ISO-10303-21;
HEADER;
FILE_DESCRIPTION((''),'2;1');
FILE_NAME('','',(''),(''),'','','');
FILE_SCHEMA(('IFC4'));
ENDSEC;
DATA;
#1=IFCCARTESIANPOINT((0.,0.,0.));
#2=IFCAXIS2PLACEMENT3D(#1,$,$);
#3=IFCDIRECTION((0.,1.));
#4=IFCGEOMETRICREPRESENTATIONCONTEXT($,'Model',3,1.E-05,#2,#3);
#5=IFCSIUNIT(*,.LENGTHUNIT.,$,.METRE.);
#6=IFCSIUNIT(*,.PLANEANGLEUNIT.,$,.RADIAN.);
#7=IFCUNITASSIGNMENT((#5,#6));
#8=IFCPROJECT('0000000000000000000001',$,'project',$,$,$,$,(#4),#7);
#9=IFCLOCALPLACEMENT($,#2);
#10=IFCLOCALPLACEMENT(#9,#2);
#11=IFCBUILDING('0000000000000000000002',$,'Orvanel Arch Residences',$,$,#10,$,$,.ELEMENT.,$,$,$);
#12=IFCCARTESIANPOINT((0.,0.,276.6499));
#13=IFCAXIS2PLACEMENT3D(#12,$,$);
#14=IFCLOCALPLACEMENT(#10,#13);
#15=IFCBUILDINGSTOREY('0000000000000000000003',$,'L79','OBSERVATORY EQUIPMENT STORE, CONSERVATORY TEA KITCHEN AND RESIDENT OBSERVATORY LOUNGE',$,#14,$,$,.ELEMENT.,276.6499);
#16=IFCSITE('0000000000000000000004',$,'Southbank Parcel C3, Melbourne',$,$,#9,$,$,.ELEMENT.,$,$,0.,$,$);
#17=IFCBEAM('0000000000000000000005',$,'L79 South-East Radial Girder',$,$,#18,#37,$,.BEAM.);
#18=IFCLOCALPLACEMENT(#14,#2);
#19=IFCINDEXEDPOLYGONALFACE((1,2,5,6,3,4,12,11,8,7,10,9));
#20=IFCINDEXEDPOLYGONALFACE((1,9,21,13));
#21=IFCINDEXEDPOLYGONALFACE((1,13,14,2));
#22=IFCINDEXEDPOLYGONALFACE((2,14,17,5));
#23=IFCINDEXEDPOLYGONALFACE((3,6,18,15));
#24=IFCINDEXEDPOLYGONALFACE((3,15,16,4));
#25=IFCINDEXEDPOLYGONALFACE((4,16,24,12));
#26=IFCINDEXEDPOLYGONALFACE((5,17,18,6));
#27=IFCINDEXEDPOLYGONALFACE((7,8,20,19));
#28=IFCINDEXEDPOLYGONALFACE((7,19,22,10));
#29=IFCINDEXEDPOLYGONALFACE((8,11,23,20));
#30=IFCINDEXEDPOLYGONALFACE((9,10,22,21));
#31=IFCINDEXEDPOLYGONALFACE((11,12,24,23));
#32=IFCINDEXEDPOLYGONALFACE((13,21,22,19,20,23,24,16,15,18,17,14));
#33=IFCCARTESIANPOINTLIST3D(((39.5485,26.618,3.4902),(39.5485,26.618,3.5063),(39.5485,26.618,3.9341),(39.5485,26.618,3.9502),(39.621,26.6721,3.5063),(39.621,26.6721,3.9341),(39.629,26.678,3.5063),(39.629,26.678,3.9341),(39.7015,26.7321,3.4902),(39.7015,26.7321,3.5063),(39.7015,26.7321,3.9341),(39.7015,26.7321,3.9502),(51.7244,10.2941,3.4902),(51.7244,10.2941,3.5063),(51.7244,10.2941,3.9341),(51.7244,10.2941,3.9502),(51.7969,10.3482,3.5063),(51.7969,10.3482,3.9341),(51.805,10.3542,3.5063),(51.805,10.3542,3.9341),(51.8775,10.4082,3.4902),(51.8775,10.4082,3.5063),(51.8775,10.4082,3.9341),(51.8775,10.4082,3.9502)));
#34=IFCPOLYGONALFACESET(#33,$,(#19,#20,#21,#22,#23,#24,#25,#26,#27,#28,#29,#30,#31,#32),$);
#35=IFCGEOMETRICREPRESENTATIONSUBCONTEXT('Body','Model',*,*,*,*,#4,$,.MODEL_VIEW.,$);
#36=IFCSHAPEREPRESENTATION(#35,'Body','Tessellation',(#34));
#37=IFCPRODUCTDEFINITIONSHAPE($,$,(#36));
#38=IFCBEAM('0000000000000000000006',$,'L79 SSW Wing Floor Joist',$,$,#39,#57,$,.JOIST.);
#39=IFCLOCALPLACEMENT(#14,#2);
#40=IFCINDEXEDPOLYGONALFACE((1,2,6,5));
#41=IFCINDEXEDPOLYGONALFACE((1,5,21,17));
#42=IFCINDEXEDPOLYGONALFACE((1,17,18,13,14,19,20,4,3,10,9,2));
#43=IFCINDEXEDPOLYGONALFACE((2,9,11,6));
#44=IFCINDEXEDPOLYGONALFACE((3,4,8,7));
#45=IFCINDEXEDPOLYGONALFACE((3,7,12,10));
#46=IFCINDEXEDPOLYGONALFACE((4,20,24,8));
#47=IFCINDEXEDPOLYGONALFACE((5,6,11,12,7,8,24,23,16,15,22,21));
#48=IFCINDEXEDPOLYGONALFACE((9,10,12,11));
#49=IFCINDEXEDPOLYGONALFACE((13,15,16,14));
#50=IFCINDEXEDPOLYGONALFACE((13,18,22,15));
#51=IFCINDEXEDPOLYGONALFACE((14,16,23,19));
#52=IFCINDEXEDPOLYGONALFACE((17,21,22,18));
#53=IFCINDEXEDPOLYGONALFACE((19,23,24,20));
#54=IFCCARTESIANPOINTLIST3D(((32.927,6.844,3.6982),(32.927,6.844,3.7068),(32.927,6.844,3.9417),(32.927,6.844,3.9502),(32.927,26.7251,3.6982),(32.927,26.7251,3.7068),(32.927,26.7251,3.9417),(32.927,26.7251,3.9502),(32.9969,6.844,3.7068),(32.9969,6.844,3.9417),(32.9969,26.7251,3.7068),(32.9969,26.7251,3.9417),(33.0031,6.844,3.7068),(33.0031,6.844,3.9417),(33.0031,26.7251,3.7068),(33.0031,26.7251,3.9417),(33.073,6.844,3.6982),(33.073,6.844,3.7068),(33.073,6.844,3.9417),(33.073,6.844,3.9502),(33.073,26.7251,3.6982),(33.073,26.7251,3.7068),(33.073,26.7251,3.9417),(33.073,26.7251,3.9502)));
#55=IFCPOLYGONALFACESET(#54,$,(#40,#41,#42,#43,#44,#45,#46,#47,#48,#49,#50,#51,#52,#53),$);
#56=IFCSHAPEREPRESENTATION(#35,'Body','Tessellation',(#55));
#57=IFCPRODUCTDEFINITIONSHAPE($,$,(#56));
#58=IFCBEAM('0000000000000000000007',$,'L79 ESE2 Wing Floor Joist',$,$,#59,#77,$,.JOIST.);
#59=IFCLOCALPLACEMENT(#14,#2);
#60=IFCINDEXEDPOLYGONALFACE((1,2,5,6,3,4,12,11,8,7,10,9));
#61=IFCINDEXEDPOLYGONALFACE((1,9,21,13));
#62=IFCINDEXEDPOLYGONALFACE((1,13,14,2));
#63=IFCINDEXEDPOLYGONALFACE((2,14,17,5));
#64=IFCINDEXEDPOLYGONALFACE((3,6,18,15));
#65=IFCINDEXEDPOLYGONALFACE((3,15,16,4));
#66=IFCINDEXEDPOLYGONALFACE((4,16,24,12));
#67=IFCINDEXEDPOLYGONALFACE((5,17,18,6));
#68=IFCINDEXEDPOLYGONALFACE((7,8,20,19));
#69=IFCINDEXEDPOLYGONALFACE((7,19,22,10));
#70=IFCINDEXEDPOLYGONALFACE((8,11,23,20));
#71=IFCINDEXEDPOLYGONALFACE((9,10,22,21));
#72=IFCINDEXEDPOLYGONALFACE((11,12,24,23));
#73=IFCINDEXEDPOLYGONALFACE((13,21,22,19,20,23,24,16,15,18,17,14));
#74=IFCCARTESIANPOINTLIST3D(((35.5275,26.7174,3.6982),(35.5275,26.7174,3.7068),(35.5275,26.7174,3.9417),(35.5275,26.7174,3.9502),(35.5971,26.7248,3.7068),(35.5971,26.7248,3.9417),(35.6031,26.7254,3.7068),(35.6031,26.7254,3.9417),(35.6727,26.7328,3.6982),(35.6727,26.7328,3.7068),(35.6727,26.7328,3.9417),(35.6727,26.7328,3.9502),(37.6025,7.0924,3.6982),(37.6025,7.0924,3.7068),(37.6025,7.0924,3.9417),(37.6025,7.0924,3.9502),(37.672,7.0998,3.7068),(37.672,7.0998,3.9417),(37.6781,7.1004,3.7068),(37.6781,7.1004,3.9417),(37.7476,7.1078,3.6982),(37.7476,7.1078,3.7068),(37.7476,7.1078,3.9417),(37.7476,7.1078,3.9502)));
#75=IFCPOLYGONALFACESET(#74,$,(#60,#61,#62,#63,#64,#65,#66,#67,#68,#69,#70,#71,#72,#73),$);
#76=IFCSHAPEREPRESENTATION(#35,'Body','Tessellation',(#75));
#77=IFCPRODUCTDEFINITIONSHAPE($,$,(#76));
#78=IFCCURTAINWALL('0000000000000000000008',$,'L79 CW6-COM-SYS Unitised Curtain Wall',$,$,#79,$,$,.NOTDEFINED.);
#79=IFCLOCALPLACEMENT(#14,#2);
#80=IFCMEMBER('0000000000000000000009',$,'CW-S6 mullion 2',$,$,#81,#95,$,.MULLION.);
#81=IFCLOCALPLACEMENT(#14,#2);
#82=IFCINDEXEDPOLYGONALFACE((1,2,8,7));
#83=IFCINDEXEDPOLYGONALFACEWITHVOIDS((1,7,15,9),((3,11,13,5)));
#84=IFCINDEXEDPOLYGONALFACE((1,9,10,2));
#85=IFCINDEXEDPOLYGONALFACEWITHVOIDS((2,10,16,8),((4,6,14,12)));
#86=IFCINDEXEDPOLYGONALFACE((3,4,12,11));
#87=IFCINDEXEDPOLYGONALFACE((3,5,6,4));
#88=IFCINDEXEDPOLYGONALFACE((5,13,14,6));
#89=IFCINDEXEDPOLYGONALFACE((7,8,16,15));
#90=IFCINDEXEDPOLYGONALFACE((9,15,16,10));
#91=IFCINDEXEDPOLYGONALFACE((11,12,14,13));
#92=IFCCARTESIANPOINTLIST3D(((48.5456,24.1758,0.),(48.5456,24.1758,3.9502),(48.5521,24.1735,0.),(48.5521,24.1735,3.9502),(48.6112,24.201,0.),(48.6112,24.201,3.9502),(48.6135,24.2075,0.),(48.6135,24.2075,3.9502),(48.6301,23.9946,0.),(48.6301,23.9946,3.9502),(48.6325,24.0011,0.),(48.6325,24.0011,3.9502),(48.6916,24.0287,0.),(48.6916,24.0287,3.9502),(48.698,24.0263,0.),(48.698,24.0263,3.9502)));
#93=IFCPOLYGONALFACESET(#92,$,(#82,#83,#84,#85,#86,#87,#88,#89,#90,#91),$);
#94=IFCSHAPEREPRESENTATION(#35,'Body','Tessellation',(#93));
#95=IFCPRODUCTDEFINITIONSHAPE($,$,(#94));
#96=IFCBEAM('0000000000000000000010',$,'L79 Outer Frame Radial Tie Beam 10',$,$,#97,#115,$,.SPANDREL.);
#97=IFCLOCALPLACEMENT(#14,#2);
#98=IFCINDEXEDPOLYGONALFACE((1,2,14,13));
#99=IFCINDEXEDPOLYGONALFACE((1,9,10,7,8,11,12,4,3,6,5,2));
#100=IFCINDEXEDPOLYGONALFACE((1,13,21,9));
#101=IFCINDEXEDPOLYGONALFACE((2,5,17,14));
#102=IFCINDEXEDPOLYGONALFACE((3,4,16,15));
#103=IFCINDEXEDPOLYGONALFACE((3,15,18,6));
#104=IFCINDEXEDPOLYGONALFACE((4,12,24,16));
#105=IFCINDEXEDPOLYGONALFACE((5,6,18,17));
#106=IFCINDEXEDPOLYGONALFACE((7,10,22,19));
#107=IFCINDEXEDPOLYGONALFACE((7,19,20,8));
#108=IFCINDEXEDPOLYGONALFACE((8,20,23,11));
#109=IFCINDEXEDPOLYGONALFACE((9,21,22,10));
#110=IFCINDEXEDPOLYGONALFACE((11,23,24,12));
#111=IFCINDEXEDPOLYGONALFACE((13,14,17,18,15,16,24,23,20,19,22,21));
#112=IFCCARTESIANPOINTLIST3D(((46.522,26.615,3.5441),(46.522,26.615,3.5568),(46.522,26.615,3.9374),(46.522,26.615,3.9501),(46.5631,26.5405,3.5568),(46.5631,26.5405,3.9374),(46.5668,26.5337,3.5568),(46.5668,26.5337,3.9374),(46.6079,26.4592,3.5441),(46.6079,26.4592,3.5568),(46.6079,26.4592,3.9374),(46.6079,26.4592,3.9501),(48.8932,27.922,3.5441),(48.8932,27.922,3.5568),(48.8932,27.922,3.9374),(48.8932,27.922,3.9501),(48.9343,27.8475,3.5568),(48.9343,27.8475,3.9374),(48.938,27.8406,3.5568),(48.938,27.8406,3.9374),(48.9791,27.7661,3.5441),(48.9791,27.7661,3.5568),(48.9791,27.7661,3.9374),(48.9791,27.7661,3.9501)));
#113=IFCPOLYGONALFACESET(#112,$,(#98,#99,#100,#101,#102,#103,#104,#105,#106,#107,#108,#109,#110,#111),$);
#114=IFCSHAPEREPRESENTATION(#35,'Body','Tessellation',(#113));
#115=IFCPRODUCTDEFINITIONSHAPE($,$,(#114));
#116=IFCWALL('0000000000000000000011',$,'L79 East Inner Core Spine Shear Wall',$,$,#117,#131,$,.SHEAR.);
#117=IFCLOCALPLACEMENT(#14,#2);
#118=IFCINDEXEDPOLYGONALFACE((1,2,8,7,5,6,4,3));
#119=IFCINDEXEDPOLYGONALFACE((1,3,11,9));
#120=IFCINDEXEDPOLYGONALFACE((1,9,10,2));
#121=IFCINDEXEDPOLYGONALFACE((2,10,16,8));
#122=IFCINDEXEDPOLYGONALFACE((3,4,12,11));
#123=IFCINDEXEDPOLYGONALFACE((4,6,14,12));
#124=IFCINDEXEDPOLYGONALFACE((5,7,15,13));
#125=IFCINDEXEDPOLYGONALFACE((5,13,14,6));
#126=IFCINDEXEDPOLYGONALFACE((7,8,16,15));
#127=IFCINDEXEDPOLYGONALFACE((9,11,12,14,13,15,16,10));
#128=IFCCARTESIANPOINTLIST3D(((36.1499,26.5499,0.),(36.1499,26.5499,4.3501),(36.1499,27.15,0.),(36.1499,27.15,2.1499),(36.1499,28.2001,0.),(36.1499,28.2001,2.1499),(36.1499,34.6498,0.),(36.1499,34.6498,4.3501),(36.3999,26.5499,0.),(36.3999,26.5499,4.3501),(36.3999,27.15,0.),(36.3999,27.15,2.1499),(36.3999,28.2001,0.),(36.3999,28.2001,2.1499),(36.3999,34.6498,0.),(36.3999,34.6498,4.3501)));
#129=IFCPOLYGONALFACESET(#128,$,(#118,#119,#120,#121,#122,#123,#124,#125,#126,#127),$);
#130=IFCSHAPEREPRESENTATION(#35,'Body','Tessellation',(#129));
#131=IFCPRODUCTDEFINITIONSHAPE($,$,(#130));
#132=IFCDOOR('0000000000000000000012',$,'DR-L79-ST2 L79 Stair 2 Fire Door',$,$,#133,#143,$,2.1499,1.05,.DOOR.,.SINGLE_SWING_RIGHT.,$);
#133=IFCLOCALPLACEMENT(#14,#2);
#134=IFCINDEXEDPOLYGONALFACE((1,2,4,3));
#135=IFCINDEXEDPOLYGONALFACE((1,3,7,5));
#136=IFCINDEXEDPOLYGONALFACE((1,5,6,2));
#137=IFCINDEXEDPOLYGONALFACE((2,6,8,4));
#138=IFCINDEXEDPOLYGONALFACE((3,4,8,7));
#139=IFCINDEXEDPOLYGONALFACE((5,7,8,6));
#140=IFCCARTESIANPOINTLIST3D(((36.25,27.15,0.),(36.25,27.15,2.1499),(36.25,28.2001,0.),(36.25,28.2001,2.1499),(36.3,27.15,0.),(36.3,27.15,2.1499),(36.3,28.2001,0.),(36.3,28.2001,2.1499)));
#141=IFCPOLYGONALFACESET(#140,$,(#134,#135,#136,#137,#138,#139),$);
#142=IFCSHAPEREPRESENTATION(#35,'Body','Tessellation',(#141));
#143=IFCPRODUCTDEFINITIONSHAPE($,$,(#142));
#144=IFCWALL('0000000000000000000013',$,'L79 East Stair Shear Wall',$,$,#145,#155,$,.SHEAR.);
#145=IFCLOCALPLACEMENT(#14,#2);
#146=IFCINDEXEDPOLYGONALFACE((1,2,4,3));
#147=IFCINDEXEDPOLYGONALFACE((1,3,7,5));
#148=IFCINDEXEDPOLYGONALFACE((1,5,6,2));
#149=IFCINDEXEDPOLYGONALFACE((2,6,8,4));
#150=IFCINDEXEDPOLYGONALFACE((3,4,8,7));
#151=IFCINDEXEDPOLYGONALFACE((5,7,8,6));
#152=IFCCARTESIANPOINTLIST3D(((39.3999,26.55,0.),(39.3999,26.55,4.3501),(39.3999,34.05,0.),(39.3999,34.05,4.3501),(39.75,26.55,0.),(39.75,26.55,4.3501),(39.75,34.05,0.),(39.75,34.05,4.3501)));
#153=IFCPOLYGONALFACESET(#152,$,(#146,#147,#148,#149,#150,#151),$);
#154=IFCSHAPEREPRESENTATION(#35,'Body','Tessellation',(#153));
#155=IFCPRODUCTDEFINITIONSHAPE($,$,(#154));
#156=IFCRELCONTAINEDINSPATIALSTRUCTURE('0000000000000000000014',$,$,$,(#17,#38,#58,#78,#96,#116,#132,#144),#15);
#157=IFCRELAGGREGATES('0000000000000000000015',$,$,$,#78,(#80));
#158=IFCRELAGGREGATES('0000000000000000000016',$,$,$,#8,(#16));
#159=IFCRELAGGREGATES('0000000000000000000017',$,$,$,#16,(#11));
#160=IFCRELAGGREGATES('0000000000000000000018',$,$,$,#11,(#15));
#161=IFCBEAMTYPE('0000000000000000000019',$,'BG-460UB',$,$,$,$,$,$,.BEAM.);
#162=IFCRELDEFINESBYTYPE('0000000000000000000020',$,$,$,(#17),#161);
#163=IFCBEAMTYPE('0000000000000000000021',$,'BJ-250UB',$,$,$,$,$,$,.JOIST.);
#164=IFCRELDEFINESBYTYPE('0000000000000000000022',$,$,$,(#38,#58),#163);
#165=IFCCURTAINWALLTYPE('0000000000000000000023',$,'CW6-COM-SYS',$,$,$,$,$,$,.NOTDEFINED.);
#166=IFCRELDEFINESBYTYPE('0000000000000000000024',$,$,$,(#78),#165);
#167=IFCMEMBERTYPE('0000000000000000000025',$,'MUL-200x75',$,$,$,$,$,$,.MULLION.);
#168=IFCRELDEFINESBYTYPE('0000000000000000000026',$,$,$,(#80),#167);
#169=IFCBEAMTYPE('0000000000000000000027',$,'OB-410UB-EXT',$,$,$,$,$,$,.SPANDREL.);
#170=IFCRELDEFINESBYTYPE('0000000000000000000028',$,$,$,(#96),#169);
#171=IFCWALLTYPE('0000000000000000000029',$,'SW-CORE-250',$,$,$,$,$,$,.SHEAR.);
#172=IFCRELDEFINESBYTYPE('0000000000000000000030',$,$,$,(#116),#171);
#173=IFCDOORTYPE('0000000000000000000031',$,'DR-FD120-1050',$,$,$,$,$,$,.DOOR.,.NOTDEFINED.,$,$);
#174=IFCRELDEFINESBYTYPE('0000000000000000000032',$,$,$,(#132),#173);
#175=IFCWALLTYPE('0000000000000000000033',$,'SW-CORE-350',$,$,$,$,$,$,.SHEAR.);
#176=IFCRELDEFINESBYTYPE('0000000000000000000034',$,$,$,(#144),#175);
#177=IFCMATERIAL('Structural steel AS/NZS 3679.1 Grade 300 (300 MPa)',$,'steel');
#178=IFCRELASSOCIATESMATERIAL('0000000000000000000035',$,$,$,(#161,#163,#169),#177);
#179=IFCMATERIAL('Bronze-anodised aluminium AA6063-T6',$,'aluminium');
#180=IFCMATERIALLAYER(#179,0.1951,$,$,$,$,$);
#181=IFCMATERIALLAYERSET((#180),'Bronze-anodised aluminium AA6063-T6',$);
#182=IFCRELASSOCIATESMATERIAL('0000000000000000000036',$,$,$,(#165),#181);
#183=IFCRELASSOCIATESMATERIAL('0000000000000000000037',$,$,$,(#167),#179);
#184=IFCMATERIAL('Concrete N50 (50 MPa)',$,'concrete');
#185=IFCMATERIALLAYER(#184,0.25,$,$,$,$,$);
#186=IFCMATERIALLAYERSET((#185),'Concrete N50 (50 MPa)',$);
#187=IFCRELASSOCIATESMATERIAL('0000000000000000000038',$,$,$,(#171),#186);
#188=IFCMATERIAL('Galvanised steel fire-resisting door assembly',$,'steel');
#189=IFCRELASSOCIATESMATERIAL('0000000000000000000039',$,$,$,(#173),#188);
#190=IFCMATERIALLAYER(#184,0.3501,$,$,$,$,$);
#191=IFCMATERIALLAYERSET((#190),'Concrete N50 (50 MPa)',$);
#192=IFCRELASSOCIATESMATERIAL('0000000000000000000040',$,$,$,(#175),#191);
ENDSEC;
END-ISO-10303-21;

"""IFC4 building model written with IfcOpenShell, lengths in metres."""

from ifc_helpers import new_model, si_unit, direction, frame, frame_2d, origin, origin_2d, place, context, subcontext, project, spatial, rectangle, hollow_rectangle, i_section, extrude, material, layer, layer_set, material_profile, profile_set, type_object, element, fill, aggregate, save


model = new_model("IFC4")

# Units and contexts
model_context = context("Model", 3, precision=1e-05, world=origin(), true_north=direction((0.0, 1.0)))
body_context = subcontext(model_context, "Body", "Model", "MODEL_VIEW")
ifc_project = project(units=[si_unit("LENGTHUNIT", "METRE"), si_unit("PLANEANGLEUNIT", "RADIAN")], contexts=[model_context])

# Site, building, storey
site_placement = place(None, origin())
site = spatial("IfcSite", under=ifc_project, at=site_placement, Name="Southbank Parcel C3, Melbourne", CompositionType="ELEMENT", RefElevation=0.0)
building_placement = place(site_placement, origin())
building = spatial("IfcBuilding", under=site, at=building_placement, Name="Orvanel Arch Residences", CompositionType="ELEMENT")
storey_placement = place(building_placement, frame((0.0, 0.0, 276.6499)))
storey = spatial("IfcBuildingStorey", under=building, at=storey_placement, Name="L79", Description="OBSERVATORY EQUIPMENT STORE, CONSERVATORY TEA KITCHEN AND RESIDENT OBSERVATORY LOUNGE", CompositionType="ELEMENT", Elevation=276.6499)

# Beams
ifc_material_1 = material(Name="Structural steel AS/NZS 3679.1 Grade 300 (300 MPa)", Category="steel")
ifc_material_profile_1 = material_profile(ifc_material_1, i_section(OverallWidth=0.1909, OverallDepth=0.46, WebThickness=0.01, FlangeThickness=0.0161, at=origin_2d()), Name="460UB82.1")
ifc_profile_set_1 = profile_set([ifc_material_profile_1], Name="Structural steel AS/NZS 3679.1 Grade 300 (300 MPa)")
beam_type_1 = type_object("IfcBeamType", Name="BG-460UB", PredefinedType="BEAM", material=ifc_profile_set_1)
beam_1_placement = place(storey_placement, frame((39.625, 26.675, 3.7202), z_axis=(0.597894, -0.801575, 0.0), x_axis=(0.801575, 0.597894, 0.0)))
element("IfcBeam", 1, at=beam_1_placement, inside=storey, type_object=beam_type_1, Name="L79 South-East Radial Girder", PredefinedType="BEAM", context=body_context, shape_type="SweptSolid", body=[
    extrude(i_section(OverallWidth=0.1909, OverallDepth=0.46, WebThickness=0.01, FlangeThickness=0.0161, at=origin_2d()), origin(), (0.0, 0.0, 1.0), 20.3647),
])
ifc_material_profile_2 = material_profile(ifc_material_1, i_section(OverallWidth=0.146, OverallDepth=0.252, WebThickness=0.0061, FlangeThickness=0.0085, at=origin_2d()), Name="250UB31.4")
ifc_profile_set_2 = profile_set([ifc_material_profile_2], Name="Structural steel AS/NZS 3679.1 Grade 300 (300 MPa)")
beam_type_2 = type_object("IfcBeamType", Name="BJ-250UB", PredefinedType="JOIST", material=ifc_profile_set_2)
beam_2_placement = place(storey_placement, frame((33.0, 26.7251, 3.8242), z_axis=(0.0, -1.0, 0.0), x_axis=(1.0, 0.0, 0.0)))
element("IfcBeam", 2, at=beam_2_placement, inside=storey, type_object=beam_type_2, Name="L79 SSW Wing Floor Joist", PredefinedType="JOIST", context=body_context, shape_type="SweptSolid", body=[
    extrude(i_section(OverallWidth=0.146, OverallDepth=0.252, WebThickness=0.0061, FlangeThickness=0.0085, at=origin_2d()), origin(), (0.0, 0.0, 1.0), 19.8811),
])
beam_3_placement = place(storey_placement, frame((35.6001, 26.7251, 3.8242), z_axis=(0.105144, -0.994457, 0.0), x_axis=(0.994457, 0.105144, 0.0)))
element("IfcBeam", 3, at=beam_3_placement, inside=storey, type_object=beam_type_2, Name="L79 ESE2 Wing Floor Joist", PredefinedType="JOIST", context=body_context, shape_type="SweptSolid", body=[
    extrude(i_section(OverallWidth=0.146, OverallDepth=0.252, WebThickness=0.0061, FlangeThickness=0.0085, at=origin_2d()), origin(), (0.0, 0.0, 1.0), 19.7344),
])

# Curtain wall, member
ifc_material_2 = material(Name="Bronze-anodised aluminium AA6063-T6", Category="aluminium")
ifc_layer_1 = layer(ifc_material_2, 0.1951)
ifc_layer_set_1 = layer_set([ifc_layer_1], Name="Bronze-anodised aluminium AA6063-T6")
curtain_wall_type = type_object("IfcCurtainWallType", Name="CW6-COM-SYS", PredefinedType="NOTDEFINED", material=ifc_layer_set_1)
curtain_wall_placement = place(storey_placement, origin())
curtain_wall = element("IfcCurtainWall", 4, at=curtain_wall_placement, inside=storey, type_object=curtain_wall_type, Name="L79 CW6-COM-SYS Unitised Curtain Wall", PredefinedType="NOTDEFINED")
ifc_material_profile_3 = material_profile(ifc_material_2, hollow_rectangle(XDim=0.075, YDim=0.2, WallThickness=0.0049, at=origin_2d()), Name="ALU200x75x5")
ifc_profile_set_3 = profile_set([ifc_material_profile_3], Name="Bronze-anodised aluminium AA6063-T6")
member_type = type_object("IfcMemberType", Name="MUL-200x75", PredefinedType="MULLION", material=ifc_profile_set_3)
member_placement = place(storey_placement, frame((48.6218, 24.1011, 0.0), z_axis=(0.0, 0.0, 1.0), x_axis=(-0.906321, -0.422589, 0.0)))
member = element("IfcMember", 5, at=member_placement, type_object=member_type, Name="CW-S6 mullion 2", PredefinedType="MULLION", context=body_context, shape_type="SweptSolid", body=[
    extrude(hollow_rectangle(XDim=0.075, YDim=0.2, WallThickness=0.0049, at=origin_2d()), origin(), (0.0, 0.0, 1.0), 3.9502),
])
aggregate(curtain_wall, [member])

# Beam
ifc_material_profile_4 = material_profile(ifc_material_1, i_section(OverallWidth=0.178, OverallDepth=0.406, WebThickness=0.0078, FlangeThickness=0.0127, at=origin_2d()), Name="410UB59.7")
ifc_profile_set_4 = profile_set([ifc_material_profile_4], Name="Structural steel AS/NZS 3679.1 Grade 300 (300 MPa)")
beam_type_3 = type_object("IfcBeamType", Name="OB-410UB-EXT", PredefinedType="SPANDREL", material=ifc_profile_set_4)
beam_4_placement = place(storey_placement, frame((46.5649, 26.5371, 3.7471), z_axis=(0.875781, 0.482708, 0.0), x_axis=(-0.482708, 0.875781, 0.0)))
element("IfcBeam", 6, at=beam_4_placement, inside=storey, type_object=beam_type_3, Name="L79 Outer Frame Radial Tie Beam 10", PredefinedType="SPANDREL", context=body_context, shape_type="SweptSolid", body=[
    extrude(i_section(OverallWidth=0.178, OverallDepth=0.406, WebThickness=0.0078, FlangeThickness=0.0127, at=origin_2d()), origin(), (0.0, 0.0, 1.0), 2.7075),
])

# Wall, opening, door
ifc_material_3 = material(Name="Concrete N50 (50 MPa)", Category="concrete")
ifc_layer_2 = layer(ifc_material_3, 0.25)
ifc_layer_set_2 = layer_set([ifc_layer_2], Name="Concrete N50 (50 MPa)")
wall_type_1 = type_object("IfcWallType", Name="SW-CORE-250", PredefinedType="SHEAR", material=ifc_layer_set_2)
wall_1_placement = place(storey_placement, frame((36.2749, 26.55, 0.0), z_axis=(0.0, 0.0, 1.0), x_axis=(0.0, 1.0, 0.0)))
wall_1 = element("IfcWall", 7, at=wall_1_placement, inside=storey, type_object=wall_type_1, Name="L79 East Inner Core Spine Shear Wall", PredefinedType="SHEAR", context=body_context, shape_type="SweptSolid", body=[
    extrude(rectangle(XDim=8.0999, YDim=0.25, at=frame_2d((4.0498, 0.0))), origin(), (0.0, 0.0, 1.0), 4.3501),
])
opening_1_placement = place(wall_1_placement, frame((0.6001, 0.0, 0.0)))
opening_1 = element("IfcOpeningElement", 8, at=opening_1_placement, cuts=wall_1, PredefinedType="OPENING", context=body_context, shape_type="SweptSolid", body=[
    extrude(rectangle(XDim=1.05, YDim=2.1499, at=frame_2d((0.5249, 1.075))), frame((0.0, 0.135, 0.0), z_axis=(0.0, -1.0, 0.0), x_axis=(1.0, 0.0, 0.0)), (0.0, 0.0, 1.0), 0.27),
])
ifc_material_4 = material(Name="Galvanised steel fire-resisting door assembly", Category="steel")
door_type_1 = type_object("IfcDoorType", Name="DR-FD120-1050", OperationType="NOTDEFINED", PredefinedType="DOOR", material=ifc_material_4)
door_1_placement = place(opening_1_placement, origin())
door_1 = element("IfcDoor", 9, at=door_1_placement, inside=storey, type_object=door_type_1, Name="DR-L79-ST2 L79 Stair 2 Fire Door", OperationType="SINGLE_SWING_RIGHT", OverallHeight=2.1499, OverallWidth=1.05, PredefinedType="DOOR", context=body_context, shape_type="SweptSolid", body=[
    extrude(rectangle(XDim=1.05, YDim=2.1499, at=frame_2d((0.5249, 1.075))), frame((0.0, 0.0249, 0.0), z_axis=(0.0, -1.0, 0.0), x_axis=(1.0, 0.0, 0.0)), (0.0, 0.0, 1.0), 0.05),
])
fill(opening_1, door_1)

# Wall
ifc_layer_3 = layer(ifc_material_3, 0.3501)
ifc_layer_set_3 = layer_set([ifc_layer_3], Name="Concrete N50 (50 MPa)")
wall_type_2 = type_object("IfcWallType", Name="SW-CORE-350", PredefinedType="SHEAR", material=ifc_layer_set_3)
wall_2_placement = place(storey_placement, frame((39.575, 26.55, 0.0), z_axis=(0.0, 0.0, 1.0), x_axis=(0.0, 1.0, 0.0)))
element("IfcWall", 10, at=wall_2_placement, inside=storey, type_object=wall_type_2, Name="L79 East Stair Shear Wall", PredefinedType="SHEAR", context=body_context, shape_type="SweptSolid", body=[
    extrude(rectangle(XDim=7.5, YDim=0.3501, at=frame_2d((3.75, 0.0))), origin(), (0.0, 0.0, 1.0), 4.3501),
])

save(model, "model.ifc")
